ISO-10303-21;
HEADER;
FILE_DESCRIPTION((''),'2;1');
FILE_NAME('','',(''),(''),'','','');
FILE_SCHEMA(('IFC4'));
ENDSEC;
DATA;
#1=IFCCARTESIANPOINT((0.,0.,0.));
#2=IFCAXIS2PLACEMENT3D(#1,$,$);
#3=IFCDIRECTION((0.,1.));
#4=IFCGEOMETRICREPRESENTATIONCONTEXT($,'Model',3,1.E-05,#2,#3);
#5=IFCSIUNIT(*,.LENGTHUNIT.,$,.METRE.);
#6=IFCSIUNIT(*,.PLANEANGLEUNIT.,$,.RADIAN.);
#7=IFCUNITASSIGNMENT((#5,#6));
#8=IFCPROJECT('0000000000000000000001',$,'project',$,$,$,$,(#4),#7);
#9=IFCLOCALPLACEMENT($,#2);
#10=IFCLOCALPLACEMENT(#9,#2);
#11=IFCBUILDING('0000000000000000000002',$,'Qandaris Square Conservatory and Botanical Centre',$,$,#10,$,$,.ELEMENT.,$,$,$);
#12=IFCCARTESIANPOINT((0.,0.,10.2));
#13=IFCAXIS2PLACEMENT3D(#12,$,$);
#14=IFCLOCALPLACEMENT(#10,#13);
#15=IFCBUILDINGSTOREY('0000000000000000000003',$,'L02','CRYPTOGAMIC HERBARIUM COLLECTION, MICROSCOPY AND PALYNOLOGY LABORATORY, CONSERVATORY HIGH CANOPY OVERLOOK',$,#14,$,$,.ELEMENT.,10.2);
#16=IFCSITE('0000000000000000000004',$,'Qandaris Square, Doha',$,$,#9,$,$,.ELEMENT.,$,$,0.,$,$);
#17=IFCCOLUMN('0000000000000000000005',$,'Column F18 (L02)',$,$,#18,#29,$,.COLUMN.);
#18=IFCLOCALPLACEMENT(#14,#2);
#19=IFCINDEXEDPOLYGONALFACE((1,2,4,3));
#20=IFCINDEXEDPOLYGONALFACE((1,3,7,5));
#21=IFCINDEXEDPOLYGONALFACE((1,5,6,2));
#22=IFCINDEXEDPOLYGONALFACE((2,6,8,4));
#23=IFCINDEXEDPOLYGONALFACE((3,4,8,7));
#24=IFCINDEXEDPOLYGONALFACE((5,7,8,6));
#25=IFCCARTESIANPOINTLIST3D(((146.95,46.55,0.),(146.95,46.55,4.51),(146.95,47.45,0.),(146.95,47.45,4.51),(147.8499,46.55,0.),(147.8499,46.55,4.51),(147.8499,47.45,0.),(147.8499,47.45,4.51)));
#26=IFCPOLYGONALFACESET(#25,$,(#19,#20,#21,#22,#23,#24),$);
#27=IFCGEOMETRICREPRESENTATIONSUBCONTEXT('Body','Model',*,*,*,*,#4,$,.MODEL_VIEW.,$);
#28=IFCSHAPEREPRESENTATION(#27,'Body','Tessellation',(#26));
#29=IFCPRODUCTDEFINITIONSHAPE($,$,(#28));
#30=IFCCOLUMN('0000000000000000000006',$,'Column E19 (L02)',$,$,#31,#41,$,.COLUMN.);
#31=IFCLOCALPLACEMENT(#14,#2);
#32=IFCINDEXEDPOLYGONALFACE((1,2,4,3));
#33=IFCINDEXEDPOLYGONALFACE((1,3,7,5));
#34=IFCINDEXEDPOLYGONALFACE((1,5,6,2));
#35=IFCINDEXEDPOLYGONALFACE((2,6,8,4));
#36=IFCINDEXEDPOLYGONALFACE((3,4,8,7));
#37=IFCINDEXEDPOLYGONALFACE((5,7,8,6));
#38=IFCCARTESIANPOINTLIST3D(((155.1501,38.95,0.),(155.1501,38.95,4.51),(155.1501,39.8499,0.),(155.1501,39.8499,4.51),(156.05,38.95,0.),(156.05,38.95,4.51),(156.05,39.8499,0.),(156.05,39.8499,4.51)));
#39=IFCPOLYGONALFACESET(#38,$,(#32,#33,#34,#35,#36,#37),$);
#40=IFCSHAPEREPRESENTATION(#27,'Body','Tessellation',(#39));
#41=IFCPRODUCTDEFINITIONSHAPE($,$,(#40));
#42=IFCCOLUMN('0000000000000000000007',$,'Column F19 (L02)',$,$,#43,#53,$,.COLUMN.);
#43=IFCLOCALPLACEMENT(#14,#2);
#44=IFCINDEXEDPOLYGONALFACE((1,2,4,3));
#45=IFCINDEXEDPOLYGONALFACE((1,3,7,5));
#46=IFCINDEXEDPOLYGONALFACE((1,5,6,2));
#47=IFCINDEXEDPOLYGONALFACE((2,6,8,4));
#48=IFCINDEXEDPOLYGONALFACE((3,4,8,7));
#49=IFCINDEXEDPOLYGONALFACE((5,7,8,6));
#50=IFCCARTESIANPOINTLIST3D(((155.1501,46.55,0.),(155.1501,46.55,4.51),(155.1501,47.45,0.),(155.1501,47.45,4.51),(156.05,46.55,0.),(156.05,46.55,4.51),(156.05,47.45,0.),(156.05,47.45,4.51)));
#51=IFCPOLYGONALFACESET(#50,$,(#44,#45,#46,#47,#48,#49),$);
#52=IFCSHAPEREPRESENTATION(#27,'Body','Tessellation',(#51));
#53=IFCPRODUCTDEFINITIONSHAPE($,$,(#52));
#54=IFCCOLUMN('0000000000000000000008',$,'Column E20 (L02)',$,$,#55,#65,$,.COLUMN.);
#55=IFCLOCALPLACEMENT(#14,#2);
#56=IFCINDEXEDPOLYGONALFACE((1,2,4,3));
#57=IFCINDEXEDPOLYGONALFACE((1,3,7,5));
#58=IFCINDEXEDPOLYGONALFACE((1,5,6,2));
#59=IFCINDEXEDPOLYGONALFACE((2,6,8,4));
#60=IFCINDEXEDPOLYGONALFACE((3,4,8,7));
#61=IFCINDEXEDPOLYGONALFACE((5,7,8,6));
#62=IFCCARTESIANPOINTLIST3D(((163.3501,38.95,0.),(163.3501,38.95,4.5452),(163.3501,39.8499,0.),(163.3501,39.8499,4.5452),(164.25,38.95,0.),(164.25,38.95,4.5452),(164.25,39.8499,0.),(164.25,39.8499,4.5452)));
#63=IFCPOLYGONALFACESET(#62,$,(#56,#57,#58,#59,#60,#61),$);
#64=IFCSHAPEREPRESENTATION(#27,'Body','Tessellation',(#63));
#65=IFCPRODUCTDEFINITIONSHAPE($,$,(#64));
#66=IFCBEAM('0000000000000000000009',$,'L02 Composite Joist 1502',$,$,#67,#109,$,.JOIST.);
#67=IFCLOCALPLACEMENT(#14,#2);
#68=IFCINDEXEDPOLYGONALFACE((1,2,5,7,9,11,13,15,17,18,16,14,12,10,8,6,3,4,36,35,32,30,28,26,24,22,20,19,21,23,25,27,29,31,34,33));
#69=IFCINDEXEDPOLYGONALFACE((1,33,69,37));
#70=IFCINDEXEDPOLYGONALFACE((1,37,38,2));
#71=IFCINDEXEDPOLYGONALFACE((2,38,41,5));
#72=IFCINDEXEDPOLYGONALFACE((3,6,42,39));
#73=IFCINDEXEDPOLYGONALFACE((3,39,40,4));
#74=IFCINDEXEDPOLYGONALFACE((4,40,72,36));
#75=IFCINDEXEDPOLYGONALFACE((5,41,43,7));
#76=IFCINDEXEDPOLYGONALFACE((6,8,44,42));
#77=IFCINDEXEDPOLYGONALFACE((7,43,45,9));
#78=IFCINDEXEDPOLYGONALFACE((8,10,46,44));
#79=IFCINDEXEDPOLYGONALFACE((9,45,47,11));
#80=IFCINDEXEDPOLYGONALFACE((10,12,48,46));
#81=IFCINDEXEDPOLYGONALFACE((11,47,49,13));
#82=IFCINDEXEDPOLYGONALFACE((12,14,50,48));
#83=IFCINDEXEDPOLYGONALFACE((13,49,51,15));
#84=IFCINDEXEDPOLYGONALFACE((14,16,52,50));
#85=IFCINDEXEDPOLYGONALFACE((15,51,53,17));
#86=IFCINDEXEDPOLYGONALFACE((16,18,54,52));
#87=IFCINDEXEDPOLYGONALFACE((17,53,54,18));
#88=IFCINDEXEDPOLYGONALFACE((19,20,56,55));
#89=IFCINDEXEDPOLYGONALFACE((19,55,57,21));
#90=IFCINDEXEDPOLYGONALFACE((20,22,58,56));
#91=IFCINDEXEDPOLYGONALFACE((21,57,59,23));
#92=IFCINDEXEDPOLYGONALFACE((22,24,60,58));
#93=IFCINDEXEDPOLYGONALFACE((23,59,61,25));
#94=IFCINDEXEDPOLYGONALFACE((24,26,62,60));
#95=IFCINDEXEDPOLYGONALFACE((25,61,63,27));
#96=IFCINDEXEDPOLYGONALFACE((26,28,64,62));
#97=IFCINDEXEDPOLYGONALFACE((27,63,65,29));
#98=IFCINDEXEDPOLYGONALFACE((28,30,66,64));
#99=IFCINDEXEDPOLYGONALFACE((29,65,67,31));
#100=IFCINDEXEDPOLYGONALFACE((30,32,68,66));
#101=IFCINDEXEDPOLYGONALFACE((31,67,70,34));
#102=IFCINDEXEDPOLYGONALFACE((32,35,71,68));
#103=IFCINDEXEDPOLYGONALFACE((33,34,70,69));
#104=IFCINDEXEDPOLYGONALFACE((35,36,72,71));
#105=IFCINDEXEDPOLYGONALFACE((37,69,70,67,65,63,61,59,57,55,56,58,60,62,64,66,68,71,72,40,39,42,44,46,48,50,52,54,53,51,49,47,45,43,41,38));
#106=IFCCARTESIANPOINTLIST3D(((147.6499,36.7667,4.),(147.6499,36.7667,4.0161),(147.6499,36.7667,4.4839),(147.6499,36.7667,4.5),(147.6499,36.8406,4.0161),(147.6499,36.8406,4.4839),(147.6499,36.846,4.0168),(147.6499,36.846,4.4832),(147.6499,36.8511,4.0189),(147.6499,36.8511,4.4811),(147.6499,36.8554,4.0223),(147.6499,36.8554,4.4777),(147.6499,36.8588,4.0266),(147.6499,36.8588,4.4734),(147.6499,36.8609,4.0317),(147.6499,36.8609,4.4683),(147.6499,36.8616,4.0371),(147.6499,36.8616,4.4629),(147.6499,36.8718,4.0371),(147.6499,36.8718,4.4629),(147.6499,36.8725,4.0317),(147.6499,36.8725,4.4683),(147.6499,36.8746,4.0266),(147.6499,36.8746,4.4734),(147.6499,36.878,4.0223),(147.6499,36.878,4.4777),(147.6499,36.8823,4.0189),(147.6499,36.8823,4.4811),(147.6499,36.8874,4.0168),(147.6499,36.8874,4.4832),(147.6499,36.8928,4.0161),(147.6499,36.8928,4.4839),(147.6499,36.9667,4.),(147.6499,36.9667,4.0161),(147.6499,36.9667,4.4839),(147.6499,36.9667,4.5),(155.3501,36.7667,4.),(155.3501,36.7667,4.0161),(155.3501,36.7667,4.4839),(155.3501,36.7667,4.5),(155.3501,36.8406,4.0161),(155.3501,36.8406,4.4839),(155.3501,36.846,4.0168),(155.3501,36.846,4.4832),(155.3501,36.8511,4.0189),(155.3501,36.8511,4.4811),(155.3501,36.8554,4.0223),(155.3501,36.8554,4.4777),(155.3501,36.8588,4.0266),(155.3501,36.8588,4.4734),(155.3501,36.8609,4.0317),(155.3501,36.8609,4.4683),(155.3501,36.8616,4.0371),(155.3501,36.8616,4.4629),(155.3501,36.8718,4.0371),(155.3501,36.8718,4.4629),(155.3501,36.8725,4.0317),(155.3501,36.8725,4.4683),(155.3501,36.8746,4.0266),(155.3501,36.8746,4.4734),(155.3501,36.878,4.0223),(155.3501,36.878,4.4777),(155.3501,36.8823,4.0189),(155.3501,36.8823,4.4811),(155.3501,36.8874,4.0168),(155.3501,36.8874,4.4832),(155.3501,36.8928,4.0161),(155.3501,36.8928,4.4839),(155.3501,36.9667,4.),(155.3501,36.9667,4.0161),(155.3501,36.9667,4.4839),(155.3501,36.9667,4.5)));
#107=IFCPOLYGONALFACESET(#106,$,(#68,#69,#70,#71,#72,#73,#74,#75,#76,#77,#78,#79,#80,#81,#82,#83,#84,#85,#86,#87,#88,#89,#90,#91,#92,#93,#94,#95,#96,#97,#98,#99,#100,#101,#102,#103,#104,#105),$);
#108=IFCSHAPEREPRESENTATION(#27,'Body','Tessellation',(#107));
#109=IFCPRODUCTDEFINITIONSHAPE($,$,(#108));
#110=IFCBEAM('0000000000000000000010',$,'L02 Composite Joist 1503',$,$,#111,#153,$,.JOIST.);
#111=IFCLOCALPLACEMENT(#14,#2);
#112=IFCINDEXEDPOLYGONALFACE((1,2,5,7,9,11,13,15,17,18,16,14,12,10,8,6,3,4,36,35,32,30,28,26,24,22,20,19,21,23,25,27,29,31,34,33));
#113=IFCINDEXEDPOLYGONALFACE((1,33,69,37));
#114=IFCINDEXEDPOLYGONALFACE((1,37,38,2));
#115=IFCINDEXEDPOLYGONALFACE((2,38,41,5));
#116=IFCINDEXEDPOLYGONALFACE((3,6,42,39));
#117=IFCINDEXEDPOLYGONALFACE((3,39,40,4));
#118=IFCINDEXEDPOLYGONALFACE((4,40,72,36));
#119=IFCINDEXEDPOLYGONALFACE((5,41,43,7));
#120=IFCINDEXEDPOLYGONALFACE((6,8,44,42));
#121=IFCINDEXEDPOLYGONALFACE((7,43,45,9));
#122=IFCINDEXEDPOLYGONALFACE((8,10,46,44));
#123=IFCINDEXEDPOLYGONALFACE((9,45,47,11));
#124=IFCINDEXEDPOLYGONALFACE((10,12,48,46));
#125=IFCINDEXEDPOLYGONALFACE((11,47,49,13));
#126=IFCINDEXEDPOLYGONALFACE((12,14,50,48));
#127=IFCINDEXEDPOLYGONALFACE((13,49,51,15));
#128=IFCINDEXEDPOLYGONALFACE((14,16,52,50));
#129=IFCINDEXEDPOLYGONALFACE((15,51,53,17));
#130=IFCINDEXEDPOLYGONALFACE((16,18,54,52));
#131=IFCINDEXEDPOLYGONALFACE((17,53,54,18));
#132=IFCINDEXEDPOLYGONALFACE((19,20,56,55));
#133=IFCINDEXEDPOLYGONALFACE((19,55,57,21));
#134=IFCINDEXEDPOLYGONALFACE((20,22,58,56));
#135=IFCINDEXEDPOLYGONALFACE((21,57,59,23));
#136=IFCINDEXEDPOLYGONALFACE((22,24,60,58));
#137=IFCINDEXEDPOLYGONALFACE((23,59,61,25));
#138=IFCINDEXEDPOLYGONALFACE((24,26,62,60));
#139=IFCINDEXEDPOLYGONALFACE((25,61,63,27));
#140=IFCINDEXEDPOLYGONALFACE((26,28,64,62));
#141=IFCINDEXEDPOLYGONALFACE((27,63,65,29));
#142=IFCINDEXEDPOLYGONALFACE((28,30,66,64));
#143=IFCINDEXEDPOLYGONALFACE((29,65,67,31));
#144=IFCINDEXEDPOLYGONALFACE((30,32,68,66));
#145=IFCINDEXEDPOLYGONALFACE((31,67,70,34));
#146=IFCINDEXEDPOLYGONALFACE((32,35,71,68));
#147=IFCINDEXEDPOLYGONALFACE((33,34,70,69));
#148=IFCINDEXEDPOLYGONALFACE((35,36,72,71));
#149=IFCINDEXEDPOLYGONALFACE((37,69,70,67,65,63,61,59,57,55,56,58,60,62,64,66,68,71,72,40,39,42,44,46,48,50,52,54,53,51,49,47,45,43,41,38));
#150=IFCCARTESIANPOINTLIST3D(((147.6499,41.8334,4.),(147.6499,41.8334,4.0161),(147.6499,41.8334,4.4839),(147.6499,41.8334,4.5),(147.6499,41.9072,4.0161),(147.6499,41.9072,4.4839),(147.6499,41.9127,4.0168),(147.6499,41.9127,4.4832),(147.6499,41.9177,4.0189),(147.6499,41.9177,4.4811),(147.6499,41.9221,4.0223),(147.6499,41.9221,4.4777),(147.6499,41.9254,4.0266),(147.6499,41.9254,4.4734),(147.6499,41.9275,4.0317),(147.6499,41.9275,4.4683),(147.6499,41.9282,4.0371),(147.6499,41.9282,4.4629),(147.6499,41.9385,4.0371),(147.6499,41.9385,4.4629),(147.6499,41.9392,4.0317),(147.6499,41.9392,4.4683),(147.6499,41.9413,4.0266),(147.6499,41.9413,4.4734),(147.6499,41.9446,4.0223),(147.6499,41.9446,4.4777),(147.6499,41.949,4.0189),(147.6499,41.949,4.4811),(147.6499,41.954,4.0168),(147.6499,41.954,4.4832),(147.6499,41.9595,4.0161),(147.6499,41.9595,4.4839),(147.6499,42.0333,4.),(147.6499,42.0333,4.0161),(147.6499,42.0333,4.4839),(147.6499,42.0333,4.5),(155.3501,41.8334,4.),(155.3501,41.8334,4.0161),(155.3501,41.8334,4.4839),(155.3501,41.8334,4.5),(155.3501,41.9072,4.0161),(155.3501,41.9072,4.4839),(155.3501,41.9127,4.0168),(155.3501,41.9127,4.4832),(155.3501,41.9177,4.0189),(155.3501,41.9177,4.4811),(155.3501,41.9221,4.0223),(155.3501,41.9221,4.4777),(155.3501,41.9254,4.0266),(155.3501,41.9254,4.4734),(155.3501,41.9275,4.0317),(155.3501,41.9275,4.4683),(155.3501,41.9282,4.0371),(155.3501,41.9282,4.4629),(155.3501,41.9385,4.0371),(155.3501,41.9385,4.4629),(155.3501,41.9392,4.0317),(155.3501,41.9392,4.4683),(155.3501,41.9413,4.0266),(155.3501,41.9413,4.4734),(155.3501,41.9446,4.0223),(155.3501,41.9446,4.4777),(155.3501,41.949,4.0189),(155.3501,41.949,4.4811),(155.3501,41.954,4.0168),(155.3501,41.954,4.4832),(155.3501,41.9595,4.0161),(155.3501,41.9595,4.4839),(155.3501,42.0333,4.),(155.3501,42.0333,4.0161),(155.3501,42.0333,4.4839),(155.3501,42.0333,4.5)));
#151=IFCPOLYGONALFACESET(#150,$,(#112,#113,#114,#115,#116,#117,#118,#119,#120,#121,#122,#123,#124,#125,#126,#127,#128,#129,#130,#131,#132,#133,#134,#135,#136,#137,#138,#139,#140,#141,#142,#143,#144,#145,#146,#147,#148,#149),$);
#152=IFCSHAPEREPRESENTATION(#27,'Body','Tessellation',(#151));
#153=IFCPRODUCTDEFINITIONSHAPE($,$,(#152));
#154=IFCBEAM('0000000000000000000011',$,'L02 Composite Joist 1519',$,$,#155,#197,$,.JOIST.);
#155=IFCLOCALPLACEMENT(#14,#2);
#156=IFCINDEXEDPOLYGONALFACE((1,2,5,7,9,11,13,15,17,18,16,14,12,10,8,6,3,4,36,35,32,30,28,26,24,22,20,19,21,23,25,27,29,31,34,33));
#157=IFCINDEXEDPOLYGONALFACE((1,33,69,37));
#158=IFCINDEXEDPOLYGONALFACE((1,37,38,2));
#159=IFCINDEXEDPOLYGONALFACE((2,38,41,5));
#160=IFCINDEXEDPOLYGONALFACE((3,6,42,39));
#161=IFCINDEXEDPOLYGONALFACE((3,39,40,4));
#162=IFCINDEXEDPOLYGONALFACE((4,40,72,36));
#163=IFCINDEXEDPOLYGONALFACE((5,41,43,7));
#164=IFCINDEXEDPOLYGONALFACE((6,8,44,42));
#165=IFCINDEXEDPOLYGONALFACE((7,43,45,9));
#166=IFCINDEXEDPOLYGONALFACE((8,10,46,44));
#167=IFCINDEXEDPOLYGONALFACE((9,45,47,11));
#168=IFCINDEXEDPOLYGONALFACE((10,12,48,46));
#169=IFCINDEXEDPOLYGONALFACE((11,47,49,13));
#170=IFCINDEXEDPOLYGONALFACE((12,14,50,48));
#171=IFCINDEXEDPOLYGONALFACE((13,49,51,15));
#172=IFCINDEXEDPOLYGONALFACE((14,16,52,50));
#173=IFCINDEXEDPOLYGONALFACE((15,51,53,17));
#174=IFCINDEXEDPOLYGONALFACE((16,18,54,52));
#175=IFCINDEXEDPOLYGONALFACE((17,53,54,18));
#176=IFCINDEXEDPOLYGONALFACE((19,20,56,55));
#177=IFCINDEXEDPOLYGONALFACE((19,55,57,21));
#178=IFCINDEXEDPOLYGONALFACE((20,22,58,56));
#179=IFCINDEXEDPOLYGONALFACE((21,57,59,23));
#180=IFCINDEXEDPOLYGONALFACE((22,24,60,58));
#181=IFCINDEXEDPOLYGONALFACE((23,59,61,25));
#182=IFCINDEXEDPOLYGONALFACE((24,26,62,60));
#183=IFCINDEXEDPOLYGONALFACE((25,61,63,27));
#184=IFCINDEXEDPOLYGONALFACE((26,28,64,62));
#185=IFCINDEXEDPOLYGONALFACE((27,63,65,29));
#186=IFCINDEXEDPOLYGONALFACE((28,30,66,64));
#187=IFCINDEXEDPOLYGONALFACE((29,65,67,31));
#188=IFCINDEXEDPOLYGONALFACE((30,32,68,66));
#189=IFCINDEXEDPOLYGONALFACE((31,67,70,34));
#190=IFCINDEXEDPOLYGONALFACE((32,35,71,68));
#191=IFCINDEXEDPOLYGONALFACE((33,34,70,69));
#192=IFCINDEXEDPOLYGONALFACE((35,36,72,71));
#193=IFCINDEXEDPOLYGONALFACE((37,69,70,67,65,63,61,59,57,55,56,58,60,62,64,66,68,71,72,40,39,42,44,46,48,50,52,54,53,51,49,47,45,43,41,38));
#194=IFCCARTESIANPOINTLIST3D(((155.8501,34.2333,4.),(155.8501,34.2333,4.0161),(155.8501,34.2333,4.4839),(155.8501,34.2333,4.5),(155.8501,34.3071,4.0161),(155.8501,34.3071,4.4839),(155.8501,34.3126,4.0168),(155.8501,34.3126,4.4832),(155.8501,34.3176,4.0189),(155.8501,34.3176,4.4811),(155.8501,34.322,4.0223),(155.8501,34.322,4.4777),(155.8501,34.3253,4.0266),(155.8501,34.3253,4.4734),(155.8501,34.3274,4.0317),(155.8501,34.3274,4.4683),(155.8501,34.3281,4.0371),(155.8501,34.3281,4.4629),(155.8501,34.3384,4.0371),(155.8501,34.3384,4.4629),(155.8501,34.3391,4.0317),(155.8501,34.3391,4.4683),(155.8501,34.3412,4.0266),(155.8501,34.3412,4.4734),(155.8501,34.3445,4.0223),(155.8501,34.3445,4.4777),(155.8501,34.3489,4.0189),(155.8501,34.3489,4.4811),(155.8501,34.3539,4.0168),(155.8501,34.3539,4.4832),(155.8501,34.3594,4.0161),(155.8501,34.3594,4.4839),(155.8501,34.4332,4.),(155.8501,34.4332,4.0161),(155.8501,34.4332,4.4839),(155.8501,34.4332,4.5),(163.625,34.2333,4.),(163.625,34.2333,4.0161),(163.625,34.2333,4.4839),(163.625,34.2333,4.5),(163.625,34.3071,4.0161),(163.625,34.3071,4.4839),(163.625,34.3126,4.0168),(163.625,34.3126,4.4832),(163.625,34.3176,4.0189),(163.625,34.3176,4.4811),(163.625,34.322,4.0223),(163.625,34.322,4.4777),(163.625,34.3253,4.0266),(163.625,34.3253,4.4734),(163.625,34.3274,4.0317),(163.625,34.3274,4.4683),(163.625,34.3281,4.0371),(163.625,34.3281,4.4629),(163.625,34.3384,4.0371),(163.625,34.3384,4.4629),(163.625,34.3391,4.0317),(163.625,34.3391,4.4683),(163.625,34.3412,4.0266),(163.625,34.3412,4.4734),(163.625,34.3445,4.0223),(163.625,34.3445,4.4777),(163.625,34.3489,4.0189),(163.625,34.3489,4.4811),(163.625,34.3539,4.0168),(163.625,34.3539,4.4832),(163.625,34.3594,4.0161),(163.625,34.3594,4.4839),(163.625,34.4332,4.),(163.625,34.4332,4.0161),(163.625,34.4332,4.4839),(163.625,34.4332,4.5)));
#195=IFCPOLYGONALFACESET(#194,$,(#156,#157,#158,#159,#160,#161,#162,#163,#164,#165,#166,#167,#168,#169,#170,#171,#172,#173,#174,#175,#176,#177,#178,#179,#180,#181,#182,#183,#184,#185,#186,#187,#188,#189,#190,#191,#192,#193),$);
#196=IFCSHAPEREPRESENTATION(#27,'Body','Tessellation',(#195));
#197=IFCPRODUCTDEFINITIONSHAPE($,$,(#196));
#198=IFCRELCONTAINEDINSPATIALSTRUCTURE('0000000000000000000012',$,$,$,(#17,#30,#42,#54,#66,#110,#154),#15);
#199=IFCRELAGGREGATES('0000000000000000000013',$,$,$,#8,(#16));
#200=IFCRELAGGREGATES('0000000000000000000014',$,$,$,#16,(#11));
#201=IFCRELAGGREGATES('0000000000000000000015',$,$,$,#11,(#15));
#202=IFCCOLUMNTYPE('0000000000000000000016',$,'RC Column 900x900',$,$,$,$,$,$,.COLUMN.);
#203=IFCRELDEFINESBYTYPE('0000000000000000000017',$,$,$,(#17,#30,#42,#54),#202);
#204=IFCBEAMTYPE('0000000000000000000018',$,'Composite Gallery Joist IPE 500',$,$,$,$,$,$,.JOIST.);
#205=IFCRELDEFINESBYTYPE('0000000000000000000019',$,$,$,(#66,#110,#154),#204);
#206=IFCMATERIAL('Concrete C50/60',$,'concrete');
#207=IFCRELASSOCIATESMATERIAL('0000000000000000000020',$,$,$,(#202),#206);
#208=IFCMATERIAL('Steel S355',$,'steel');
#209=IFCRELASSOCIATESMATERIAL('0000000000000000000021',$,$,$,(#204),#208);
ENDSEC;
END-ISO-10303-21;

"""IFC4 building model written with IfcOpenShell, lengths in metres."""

from ifc_helpers import new_model, si_unit, direction, frame, origin, origin_2d, place, context, subcontext, project, spatial, rectangle, i_section, extrude, material, material_profile, profile_set, type_object, element, save


model = new_model("IFC4")

# Units and contexts
model_context = context("Model", 3, precision=1e-05, world=origin(), true_north=direction((0.0, 1.0)))
body_context = subcontext(model_context, "Body", "Model", "MODEL_VIEW")
ifc_project = project(units=[si_unit("LENGTHUNIT", "METRE"), si_unit("PLANEANGLEUNIT", "RADIAN")], contexts=[model_context])

# Site, building, storey
site_placement = place(None, origin())
site = spatial("IfcSite", under=ifc_project, at=site_placement, Name="Qandaris Square, Doha", CompositionType="ELEMENT", RefElevation=0.0)
building_placement = place(site_placement, origin())
building = spatial("IfcBuilding", under=site, at=building_placement, Name="Qandaris Square Conservatory and Botanical Centre", CompositionType="ELEMENT")
storey_placement = place(building_placement, frame((0.0, 0.0, 10.2)))
storey = spatial("IfcBuildingStorey", under=building, at=storey_placement, Name="L02", Description="CRYPTOGAMIC HERBARIUM COLLECTION, MICROSCOPY AND PALYNOLOGY LABORATORY, CONSERVATORY HIGH CANOPY OVERLOOK", CompositionType="ELEMENT", Elevation=10.2)

# Columns
ifc_material_1 = material(Name="Concrete C50/60", Category="concrete")
ifc_material_profile_1 = material_profile(ifc_material_1, rectangle(XDim=0.8999, YDim=0.8999, at=origin_2d()), Name="RC-COL 900x900")
ifc_profile_set_1 = profile_set([ifc_material_profile_1], Name="Concrete C50/60")
column_type = type_object("IfcColumnType", Name="RC Column 900x900", PredefinedType="COLUMN", material=ifc_profile_set_1)
for number, where, z_axis, x_axis, name in (
    (1, (147.3999, 47.0, 0.0), (0.0, 0.0, 1.0), (1.0, 0.0, 0.0), "Column F18 (L02)"),
    (2, (155.6001, 39.3999, 0.0), (0.0, 0.0, 1.0), (1.0, 0.0, 0.0), "Column E19 (L02)"),
    (3, (155.6001, 47.0, 0.0), (0.0, 0.0, 1.0), (1.0, 0.0, 0.0), "Column F19 (L02)"),
):
    element("IfcColumn", number, at=place(storey_placement, frame(where, z_axis=z_axis, x_axis=x_axis)), inside=storey, type_object=column_type, Name=name, PredefinedType="COLUMN", context=body_context, shape_type="SweptSolid", body=[
        extrude(rectangle(XDim=0.8999, YDim=0.8999, at=origin_2d()), origin(), (0.0, 0.0, 1.0), 4.51),
    ])
column_placement = place(storey_placement, frame((163.8, 39.3999, 0.0), z_axis=(0.0, 0.0, 1.0), x_axis=(1.0, 0.0, 0.0)))
element("IfcColumn", 4, at=column_placement, inside=storey, type_object=column_type, Name="Column E20 (L02)", PredefinedType="COLUMN", context=body_context, shape_type="SweptSolid", body=[
    extrude(rectangle(XDim=0.8999, YDim=0.8999, at=origin_2d()), origin(), (0.0, 0.0, 1.0), 4.5452),
])

# Beams
ifc_material_2 = material(Name="Steel S355", Category="steel")
ifc_material_profile_2 = material_profile(ifc_material_2, i_section(OverallWidth=0.2, OverallDepth=0.5, WebThickness=0.0103, FlangeThickness=0.0161, FilletRadius=0.021, at=origin_2d()), Name="IPE 500")
ifc_profile_set_2 = profile_set([ifc_material_profile_2], Name="Steel S355")
beam_type_1 = type_object("IfcBeamType", Name="Composite Gallery Joist IPE 500", PredefinedType="JOIST", material=ifc_profile_set_2)
for number, where, z_axis, x_axis, name in (
    (5, (147.6499, 36.8667, 4.25), (1.0, 0.0, 0.0), (0.0, 1.0, 0.0), "L02 Composite Joist 1502"),
    (6, (147.6499, 41.9333, 4.25), (1.0, 0.0, 0.0), (0.0, 1.0, 0.0), "L02 Composite Joist 1503"),
):
    element("IfcBeam", number, at=place(storey_placement, frame(where, z_axis=z_axis, x_axis=x_axis)), inside=storey, type_object=beam_type_1, Name=name, PredefinedType="JOIST", context=body_context, shape_type="SweptSolid", body=[
        extrude(i_section(OverallWidth=0.2, OverallDepth=0.5, WebThickness=0.0103, FlangeThickness=0.0161, FilletRadius=0.021, at=origin_2d()), origin(), (0.0, 0.0, 1.0), 7.7002),
    ])
beam_1_placement = place(storey_placement, frame((155.8501, 34.3333, 4.25), z_axis=(1.0, 0.0, 0.0), x_axis=(0.0, 1.0, 0.0)))
element("IfcBeam", 7, at=beam_1_placement, inside=storey, type_object=beam_type_1, Name="L02 Composite Joist 1519", PredefinedType="JOIST", context=body_context, shape_type="SweptSolid", body=[
    extrude(i_section(OverallWidth=0.2, OverallDepth=0.5, WebThickness=0.0103, FlangeThickness=0.0161, FilletRadius=0.021, at=origin_2d()), origin(), (0.0, 0.0, 1.0), 7.7749),
])

save(model, "model.ifc")
